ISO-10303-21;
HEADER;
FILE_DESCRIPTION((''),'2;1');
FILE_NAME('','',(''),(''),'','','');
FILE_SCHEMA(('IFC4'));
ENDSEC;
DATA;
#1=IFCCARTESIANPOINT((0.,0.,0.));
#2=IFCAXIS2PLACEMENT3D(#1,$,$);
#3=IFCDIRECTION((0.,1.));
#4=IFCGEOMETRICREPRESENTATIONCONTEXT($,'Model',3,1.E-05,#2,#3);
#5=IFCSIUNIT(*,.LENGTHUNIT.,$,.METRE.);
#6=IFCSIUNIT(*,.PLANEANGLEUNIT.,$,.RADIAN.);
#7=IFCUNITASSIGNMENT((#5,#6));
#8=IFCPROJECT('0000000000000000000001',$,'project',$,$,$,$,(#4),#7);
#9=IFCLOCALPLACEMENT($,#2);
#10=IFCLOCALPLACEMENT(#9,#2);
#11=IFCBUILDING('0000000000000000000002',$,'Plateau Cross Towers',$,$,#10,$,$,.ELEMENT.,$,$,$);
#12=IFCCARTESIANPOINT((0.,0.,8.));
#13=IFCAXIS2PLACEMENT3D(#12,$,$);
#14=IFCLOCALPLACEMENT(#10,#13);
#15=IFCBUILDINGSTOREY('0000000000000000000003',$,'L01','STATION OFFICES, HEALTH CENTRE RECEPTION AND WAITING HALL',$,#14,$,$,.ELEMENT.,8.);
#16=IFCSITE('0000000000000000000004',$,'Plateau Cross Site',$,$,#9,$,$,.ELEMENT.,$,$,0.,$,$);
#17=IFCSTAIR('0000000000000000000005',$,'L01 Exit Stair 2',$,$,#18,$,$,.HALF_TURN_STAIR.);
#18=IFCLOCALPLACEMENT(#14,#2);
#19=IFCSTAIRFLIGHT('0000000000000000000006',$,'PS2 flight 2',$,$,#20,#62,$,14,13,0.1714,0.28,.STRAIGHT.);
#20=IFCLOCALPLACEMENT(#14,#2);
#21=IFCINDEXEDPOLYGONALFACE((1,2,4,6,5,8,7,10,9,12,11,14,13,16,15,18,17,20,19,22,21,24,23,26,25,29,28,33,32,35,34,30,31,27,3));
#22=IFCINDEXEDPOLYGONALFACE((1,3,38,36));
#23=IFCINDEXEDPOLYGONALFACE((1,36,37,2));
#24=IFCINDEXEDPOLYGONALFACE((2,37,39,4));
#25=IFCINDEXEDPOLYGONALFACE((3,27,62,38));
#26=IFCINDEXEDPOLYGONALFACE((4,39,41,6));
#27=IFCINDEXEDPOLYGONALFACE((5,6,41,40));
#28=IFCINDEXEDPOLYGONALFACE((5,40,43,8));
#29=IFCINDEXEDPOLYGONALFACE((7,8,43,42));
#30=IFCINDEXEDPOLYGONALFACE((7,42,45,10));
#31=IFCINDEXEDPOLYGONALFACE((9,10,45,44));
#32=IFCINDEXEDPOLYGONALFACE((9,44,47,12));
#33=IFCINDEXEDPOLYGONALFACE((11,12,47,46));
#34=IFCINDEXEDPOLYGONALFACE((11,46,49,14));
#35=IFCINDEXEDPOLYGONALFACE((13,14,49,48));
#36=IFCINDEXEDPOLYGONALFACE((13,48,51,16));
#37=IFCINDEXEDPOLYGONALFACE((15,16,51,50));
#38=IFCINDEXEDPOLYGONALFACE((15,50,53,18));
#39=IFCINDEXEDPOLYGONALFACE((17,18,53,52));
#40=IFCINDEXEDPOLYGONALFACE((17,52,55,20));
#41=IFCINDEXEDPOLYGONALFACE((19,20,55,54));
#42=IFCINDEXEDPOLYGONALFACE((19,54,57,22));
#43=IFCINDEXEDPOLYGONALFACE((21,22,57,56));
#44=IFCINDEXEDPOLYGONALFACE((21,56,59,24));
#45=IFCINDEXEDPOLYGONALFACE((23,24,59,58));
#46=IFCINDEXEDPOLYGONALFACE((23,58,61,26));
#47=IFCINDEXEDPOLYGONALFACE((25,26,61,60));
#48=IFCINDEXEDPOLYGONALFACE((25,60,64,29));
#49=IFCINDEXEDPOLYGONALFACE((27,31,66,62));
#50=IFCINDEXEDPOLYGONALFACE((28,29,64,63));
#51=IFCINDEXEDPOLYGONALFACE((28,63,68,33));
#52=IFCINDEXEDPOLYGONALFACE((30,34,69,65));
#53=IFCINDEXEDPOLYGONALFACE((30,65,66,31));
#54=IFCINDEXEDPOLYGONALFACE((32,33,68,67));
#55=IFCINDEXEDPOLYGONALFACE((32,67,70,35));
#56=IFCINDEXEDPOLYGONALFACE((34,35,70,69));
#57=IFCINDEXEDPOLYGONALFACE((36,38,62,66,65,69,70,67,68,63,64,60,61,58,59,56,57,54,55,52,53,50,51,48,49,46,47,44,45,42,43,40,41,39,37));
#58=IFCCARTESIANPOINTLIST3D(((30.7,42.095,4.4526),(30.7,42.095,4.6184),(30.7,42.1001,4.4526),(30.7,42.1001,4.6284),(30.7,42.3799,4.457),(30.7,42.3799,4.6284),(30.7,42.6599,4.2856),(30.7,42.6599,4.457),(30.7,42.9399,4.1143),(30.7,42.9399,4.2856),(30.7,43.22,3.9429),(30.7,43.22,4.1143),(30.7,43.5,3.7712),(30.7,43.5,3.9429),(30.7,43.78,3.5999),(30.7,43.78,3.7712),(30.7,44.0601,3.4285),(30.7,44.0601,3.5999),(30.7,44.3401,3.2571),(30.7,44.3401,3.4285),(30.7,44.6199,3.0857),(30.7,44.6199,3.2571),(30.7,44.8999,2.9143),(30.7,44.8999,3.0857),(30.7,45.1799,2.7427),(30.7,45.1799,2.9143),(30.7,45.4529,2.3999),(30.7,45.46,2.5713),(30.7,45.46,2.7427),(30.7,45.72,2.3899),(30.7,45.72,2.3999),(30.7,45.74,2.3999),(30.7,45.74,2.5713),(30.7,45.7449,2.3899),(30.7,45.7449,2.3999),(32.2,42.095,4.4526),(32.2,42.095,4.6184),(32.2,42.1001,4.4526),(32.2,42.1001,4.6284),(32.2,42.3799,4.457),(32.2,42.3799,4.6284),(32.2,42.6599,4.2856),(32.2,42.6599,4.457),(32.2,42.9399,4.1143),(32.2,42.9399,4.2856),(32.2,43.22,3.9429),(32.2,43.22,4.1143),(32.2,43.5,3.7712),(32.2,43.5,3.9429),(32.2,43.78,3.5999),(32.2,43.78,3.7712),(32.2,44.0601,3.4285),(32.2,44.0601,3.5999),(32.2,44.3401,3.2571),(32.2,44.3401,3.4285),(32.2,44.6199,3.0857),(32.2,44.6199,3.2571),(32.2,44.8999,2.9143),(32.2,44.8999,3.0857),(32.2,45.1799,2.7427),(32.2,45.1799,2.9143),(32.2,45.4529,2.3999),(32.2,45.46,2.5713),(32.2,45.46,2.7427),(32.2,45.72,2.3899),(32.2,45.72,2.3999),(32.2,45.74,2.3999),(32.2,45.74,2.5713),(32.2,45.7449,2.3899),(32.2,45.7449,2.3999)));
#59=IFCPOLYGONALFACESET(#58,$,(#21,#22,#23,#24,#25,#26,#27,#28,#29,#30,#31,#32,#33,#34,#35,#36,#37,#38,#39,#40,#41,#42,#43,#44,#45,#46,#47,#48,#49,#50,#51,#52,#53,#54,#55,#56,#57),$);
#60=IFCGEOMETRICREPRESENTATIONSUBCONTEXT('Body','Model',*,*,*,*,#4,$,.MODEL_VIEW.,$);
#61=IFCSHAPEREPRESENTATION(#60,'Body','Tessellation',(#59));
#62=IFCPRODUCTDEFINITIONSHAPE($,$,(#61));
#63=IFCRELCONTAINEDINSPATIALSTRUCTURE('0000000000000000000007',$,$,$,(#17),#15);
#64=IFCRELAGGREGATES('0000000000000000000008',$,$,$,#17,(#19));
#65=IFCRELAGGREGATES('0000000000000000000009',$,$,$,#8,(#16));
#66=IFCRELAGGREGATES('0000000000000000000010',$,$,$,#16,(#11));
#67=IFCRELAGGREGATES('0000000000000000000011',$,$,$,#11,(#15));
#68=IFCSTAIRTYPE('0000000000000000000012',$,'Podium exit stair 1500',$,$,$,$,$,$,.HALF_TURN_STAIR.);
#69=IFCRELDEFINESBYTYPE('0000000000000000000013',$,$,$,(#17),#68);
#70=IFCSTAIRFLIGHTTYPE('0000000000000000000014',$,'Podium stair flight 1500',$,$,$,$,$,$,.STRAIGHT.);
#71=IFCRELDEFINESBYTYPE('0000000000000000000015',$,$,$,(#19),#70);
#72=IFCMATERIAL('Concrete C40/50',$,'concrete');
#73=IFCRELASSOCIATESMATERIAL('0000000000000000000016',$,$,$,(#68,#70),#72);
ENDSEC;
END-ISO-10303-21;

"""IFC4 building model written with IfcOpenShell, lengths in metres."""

from ifc_helpers import new_model, si_unit, direction, frame, origin, place, context, subcontext, project, spatial, polyline, outline, extrude, material, type_object, element, aggregate, save


model = new_model("IFC4")

# Units and contexts
model_context = context("Model", 3, precision=1e-05, world=origin(), true_north=direction((0.0, 1.0)))
body_context = subcontext(model_context, "Body", "Model", "MODEL_VIEW")
ifc_project = project(units=[si_unit("LENGTHUNIT", "METRE"), si_unit("PLANEANGLEUNIT", "RADIAN")], contexts=[model_context])

# Site, building, storey
site_placement = place(None, origin())
site = spatial("IfcSite", under=ifc_project, at=site_placement, Name="Plateau Cross Site", CompositionType="ELEMENT", RefElevation=0.0)
building_placement = place(site_placement, origin())
building = spatial("IfcBuilding", under=site, at=building_placement, Name="Plateau Cross Towers", CompositionType="ELEMENT")
storey_placement = place(building_placement, frame((0.0, 0.0, 8.0)))
storey = spatial("IfcBuildingStorey", under=building, at=storey_placement, Name="L01", Description="STATION OFFICES, HEALTH CENTRE RECEPTION AND WAITING HALL", CompositionType="ELEMENT", Elevation=8.0)

# Stair, stair flight
ifc_material_1 = material(Name="Concrete C40/50", Category="concrete")
stair_type = type_object("IfcStairType", Name="Podium exit stair 1500", PredefinedType="HALF_TURN_STAIR", material=ifc_material_1)
stair_placement = place(storey_placement, origin())
stair = element("IfcStair", 1, at=stair_placement, inside=storey, type_object=stair_type, Name="L01 Exit Stair 2", PredefinedType="HALF_TURN_STAIR")
stair_flight_type = type_object("IfcStairFlightType", Name="Podium stair flight 1500", PredefinedType="STRAIGHT", material=ifc_material_1)
stair_flight_1_placement = place(storey_placement, frame((31.45, 45.74, 2.3999), z_axis=(0.0, 0.0, 1.0), x_axis=(0.0, -1.0, 0.0)))
stair_flight_1 = element("IfcStairFlight", 2, at=stair_flight_1_placement, type_object=stair_flight_type, Name="PS2 flight 2", NumberOfRisers=14, NumberOfTreads=13, PredefinedType="STRAIGHT", RiserHeight=0.1714, TreadLength=0.28, context=body_context, shape_type="SweptSolid", body=[
    extrude(outline(polyline([(-0.0049, -0.01), (-0.0049, 0.0), (0.0, 0.0), (0.0, 0.1714), (0.28, 0.1714), (0.28, 0.3428), (0.5601, 0.3428), (0.5601, 0.5144), (0.8401, 0.5144), (0.8401, 0.6858), (1.1201, 0.6858), (1.1201, 0.8572), (1.3999, 0.8572), (1.3999, 1.0286), (1.6799, 1.0286), (1.6799, 1.2), (1.96, 1.2), (1.96, 1.3713), (2.24, 1.3713), (2.24, 1.543), (2.52, 1.543), (2.52, 1.7144), (2.8, 1.7144), (2.8, 1.8857), (3.0801, 1.8857), (3.0801, 2.0571), (3.3601, 2.0571), (3.3601, 2.2285), (3.6399, 2.2285), (3.645, 2.2185), (3.645, 2.0527), (3.6399, 2.0527), (0.2871, 0.0), (0.02, 0.0), (0.02, -0.01), (-0.0049, -0.01)])), frame((0.0, 0.75, 0.0), z_axis=(0.0, -1.0, 0.0), x_axis=(1.0, 0.0, 0.0)), (0.0, 0.0, 1.0), 1.5),
])
aggregate(stair, [stair_flight_1])

save(model, "model.ifc")
